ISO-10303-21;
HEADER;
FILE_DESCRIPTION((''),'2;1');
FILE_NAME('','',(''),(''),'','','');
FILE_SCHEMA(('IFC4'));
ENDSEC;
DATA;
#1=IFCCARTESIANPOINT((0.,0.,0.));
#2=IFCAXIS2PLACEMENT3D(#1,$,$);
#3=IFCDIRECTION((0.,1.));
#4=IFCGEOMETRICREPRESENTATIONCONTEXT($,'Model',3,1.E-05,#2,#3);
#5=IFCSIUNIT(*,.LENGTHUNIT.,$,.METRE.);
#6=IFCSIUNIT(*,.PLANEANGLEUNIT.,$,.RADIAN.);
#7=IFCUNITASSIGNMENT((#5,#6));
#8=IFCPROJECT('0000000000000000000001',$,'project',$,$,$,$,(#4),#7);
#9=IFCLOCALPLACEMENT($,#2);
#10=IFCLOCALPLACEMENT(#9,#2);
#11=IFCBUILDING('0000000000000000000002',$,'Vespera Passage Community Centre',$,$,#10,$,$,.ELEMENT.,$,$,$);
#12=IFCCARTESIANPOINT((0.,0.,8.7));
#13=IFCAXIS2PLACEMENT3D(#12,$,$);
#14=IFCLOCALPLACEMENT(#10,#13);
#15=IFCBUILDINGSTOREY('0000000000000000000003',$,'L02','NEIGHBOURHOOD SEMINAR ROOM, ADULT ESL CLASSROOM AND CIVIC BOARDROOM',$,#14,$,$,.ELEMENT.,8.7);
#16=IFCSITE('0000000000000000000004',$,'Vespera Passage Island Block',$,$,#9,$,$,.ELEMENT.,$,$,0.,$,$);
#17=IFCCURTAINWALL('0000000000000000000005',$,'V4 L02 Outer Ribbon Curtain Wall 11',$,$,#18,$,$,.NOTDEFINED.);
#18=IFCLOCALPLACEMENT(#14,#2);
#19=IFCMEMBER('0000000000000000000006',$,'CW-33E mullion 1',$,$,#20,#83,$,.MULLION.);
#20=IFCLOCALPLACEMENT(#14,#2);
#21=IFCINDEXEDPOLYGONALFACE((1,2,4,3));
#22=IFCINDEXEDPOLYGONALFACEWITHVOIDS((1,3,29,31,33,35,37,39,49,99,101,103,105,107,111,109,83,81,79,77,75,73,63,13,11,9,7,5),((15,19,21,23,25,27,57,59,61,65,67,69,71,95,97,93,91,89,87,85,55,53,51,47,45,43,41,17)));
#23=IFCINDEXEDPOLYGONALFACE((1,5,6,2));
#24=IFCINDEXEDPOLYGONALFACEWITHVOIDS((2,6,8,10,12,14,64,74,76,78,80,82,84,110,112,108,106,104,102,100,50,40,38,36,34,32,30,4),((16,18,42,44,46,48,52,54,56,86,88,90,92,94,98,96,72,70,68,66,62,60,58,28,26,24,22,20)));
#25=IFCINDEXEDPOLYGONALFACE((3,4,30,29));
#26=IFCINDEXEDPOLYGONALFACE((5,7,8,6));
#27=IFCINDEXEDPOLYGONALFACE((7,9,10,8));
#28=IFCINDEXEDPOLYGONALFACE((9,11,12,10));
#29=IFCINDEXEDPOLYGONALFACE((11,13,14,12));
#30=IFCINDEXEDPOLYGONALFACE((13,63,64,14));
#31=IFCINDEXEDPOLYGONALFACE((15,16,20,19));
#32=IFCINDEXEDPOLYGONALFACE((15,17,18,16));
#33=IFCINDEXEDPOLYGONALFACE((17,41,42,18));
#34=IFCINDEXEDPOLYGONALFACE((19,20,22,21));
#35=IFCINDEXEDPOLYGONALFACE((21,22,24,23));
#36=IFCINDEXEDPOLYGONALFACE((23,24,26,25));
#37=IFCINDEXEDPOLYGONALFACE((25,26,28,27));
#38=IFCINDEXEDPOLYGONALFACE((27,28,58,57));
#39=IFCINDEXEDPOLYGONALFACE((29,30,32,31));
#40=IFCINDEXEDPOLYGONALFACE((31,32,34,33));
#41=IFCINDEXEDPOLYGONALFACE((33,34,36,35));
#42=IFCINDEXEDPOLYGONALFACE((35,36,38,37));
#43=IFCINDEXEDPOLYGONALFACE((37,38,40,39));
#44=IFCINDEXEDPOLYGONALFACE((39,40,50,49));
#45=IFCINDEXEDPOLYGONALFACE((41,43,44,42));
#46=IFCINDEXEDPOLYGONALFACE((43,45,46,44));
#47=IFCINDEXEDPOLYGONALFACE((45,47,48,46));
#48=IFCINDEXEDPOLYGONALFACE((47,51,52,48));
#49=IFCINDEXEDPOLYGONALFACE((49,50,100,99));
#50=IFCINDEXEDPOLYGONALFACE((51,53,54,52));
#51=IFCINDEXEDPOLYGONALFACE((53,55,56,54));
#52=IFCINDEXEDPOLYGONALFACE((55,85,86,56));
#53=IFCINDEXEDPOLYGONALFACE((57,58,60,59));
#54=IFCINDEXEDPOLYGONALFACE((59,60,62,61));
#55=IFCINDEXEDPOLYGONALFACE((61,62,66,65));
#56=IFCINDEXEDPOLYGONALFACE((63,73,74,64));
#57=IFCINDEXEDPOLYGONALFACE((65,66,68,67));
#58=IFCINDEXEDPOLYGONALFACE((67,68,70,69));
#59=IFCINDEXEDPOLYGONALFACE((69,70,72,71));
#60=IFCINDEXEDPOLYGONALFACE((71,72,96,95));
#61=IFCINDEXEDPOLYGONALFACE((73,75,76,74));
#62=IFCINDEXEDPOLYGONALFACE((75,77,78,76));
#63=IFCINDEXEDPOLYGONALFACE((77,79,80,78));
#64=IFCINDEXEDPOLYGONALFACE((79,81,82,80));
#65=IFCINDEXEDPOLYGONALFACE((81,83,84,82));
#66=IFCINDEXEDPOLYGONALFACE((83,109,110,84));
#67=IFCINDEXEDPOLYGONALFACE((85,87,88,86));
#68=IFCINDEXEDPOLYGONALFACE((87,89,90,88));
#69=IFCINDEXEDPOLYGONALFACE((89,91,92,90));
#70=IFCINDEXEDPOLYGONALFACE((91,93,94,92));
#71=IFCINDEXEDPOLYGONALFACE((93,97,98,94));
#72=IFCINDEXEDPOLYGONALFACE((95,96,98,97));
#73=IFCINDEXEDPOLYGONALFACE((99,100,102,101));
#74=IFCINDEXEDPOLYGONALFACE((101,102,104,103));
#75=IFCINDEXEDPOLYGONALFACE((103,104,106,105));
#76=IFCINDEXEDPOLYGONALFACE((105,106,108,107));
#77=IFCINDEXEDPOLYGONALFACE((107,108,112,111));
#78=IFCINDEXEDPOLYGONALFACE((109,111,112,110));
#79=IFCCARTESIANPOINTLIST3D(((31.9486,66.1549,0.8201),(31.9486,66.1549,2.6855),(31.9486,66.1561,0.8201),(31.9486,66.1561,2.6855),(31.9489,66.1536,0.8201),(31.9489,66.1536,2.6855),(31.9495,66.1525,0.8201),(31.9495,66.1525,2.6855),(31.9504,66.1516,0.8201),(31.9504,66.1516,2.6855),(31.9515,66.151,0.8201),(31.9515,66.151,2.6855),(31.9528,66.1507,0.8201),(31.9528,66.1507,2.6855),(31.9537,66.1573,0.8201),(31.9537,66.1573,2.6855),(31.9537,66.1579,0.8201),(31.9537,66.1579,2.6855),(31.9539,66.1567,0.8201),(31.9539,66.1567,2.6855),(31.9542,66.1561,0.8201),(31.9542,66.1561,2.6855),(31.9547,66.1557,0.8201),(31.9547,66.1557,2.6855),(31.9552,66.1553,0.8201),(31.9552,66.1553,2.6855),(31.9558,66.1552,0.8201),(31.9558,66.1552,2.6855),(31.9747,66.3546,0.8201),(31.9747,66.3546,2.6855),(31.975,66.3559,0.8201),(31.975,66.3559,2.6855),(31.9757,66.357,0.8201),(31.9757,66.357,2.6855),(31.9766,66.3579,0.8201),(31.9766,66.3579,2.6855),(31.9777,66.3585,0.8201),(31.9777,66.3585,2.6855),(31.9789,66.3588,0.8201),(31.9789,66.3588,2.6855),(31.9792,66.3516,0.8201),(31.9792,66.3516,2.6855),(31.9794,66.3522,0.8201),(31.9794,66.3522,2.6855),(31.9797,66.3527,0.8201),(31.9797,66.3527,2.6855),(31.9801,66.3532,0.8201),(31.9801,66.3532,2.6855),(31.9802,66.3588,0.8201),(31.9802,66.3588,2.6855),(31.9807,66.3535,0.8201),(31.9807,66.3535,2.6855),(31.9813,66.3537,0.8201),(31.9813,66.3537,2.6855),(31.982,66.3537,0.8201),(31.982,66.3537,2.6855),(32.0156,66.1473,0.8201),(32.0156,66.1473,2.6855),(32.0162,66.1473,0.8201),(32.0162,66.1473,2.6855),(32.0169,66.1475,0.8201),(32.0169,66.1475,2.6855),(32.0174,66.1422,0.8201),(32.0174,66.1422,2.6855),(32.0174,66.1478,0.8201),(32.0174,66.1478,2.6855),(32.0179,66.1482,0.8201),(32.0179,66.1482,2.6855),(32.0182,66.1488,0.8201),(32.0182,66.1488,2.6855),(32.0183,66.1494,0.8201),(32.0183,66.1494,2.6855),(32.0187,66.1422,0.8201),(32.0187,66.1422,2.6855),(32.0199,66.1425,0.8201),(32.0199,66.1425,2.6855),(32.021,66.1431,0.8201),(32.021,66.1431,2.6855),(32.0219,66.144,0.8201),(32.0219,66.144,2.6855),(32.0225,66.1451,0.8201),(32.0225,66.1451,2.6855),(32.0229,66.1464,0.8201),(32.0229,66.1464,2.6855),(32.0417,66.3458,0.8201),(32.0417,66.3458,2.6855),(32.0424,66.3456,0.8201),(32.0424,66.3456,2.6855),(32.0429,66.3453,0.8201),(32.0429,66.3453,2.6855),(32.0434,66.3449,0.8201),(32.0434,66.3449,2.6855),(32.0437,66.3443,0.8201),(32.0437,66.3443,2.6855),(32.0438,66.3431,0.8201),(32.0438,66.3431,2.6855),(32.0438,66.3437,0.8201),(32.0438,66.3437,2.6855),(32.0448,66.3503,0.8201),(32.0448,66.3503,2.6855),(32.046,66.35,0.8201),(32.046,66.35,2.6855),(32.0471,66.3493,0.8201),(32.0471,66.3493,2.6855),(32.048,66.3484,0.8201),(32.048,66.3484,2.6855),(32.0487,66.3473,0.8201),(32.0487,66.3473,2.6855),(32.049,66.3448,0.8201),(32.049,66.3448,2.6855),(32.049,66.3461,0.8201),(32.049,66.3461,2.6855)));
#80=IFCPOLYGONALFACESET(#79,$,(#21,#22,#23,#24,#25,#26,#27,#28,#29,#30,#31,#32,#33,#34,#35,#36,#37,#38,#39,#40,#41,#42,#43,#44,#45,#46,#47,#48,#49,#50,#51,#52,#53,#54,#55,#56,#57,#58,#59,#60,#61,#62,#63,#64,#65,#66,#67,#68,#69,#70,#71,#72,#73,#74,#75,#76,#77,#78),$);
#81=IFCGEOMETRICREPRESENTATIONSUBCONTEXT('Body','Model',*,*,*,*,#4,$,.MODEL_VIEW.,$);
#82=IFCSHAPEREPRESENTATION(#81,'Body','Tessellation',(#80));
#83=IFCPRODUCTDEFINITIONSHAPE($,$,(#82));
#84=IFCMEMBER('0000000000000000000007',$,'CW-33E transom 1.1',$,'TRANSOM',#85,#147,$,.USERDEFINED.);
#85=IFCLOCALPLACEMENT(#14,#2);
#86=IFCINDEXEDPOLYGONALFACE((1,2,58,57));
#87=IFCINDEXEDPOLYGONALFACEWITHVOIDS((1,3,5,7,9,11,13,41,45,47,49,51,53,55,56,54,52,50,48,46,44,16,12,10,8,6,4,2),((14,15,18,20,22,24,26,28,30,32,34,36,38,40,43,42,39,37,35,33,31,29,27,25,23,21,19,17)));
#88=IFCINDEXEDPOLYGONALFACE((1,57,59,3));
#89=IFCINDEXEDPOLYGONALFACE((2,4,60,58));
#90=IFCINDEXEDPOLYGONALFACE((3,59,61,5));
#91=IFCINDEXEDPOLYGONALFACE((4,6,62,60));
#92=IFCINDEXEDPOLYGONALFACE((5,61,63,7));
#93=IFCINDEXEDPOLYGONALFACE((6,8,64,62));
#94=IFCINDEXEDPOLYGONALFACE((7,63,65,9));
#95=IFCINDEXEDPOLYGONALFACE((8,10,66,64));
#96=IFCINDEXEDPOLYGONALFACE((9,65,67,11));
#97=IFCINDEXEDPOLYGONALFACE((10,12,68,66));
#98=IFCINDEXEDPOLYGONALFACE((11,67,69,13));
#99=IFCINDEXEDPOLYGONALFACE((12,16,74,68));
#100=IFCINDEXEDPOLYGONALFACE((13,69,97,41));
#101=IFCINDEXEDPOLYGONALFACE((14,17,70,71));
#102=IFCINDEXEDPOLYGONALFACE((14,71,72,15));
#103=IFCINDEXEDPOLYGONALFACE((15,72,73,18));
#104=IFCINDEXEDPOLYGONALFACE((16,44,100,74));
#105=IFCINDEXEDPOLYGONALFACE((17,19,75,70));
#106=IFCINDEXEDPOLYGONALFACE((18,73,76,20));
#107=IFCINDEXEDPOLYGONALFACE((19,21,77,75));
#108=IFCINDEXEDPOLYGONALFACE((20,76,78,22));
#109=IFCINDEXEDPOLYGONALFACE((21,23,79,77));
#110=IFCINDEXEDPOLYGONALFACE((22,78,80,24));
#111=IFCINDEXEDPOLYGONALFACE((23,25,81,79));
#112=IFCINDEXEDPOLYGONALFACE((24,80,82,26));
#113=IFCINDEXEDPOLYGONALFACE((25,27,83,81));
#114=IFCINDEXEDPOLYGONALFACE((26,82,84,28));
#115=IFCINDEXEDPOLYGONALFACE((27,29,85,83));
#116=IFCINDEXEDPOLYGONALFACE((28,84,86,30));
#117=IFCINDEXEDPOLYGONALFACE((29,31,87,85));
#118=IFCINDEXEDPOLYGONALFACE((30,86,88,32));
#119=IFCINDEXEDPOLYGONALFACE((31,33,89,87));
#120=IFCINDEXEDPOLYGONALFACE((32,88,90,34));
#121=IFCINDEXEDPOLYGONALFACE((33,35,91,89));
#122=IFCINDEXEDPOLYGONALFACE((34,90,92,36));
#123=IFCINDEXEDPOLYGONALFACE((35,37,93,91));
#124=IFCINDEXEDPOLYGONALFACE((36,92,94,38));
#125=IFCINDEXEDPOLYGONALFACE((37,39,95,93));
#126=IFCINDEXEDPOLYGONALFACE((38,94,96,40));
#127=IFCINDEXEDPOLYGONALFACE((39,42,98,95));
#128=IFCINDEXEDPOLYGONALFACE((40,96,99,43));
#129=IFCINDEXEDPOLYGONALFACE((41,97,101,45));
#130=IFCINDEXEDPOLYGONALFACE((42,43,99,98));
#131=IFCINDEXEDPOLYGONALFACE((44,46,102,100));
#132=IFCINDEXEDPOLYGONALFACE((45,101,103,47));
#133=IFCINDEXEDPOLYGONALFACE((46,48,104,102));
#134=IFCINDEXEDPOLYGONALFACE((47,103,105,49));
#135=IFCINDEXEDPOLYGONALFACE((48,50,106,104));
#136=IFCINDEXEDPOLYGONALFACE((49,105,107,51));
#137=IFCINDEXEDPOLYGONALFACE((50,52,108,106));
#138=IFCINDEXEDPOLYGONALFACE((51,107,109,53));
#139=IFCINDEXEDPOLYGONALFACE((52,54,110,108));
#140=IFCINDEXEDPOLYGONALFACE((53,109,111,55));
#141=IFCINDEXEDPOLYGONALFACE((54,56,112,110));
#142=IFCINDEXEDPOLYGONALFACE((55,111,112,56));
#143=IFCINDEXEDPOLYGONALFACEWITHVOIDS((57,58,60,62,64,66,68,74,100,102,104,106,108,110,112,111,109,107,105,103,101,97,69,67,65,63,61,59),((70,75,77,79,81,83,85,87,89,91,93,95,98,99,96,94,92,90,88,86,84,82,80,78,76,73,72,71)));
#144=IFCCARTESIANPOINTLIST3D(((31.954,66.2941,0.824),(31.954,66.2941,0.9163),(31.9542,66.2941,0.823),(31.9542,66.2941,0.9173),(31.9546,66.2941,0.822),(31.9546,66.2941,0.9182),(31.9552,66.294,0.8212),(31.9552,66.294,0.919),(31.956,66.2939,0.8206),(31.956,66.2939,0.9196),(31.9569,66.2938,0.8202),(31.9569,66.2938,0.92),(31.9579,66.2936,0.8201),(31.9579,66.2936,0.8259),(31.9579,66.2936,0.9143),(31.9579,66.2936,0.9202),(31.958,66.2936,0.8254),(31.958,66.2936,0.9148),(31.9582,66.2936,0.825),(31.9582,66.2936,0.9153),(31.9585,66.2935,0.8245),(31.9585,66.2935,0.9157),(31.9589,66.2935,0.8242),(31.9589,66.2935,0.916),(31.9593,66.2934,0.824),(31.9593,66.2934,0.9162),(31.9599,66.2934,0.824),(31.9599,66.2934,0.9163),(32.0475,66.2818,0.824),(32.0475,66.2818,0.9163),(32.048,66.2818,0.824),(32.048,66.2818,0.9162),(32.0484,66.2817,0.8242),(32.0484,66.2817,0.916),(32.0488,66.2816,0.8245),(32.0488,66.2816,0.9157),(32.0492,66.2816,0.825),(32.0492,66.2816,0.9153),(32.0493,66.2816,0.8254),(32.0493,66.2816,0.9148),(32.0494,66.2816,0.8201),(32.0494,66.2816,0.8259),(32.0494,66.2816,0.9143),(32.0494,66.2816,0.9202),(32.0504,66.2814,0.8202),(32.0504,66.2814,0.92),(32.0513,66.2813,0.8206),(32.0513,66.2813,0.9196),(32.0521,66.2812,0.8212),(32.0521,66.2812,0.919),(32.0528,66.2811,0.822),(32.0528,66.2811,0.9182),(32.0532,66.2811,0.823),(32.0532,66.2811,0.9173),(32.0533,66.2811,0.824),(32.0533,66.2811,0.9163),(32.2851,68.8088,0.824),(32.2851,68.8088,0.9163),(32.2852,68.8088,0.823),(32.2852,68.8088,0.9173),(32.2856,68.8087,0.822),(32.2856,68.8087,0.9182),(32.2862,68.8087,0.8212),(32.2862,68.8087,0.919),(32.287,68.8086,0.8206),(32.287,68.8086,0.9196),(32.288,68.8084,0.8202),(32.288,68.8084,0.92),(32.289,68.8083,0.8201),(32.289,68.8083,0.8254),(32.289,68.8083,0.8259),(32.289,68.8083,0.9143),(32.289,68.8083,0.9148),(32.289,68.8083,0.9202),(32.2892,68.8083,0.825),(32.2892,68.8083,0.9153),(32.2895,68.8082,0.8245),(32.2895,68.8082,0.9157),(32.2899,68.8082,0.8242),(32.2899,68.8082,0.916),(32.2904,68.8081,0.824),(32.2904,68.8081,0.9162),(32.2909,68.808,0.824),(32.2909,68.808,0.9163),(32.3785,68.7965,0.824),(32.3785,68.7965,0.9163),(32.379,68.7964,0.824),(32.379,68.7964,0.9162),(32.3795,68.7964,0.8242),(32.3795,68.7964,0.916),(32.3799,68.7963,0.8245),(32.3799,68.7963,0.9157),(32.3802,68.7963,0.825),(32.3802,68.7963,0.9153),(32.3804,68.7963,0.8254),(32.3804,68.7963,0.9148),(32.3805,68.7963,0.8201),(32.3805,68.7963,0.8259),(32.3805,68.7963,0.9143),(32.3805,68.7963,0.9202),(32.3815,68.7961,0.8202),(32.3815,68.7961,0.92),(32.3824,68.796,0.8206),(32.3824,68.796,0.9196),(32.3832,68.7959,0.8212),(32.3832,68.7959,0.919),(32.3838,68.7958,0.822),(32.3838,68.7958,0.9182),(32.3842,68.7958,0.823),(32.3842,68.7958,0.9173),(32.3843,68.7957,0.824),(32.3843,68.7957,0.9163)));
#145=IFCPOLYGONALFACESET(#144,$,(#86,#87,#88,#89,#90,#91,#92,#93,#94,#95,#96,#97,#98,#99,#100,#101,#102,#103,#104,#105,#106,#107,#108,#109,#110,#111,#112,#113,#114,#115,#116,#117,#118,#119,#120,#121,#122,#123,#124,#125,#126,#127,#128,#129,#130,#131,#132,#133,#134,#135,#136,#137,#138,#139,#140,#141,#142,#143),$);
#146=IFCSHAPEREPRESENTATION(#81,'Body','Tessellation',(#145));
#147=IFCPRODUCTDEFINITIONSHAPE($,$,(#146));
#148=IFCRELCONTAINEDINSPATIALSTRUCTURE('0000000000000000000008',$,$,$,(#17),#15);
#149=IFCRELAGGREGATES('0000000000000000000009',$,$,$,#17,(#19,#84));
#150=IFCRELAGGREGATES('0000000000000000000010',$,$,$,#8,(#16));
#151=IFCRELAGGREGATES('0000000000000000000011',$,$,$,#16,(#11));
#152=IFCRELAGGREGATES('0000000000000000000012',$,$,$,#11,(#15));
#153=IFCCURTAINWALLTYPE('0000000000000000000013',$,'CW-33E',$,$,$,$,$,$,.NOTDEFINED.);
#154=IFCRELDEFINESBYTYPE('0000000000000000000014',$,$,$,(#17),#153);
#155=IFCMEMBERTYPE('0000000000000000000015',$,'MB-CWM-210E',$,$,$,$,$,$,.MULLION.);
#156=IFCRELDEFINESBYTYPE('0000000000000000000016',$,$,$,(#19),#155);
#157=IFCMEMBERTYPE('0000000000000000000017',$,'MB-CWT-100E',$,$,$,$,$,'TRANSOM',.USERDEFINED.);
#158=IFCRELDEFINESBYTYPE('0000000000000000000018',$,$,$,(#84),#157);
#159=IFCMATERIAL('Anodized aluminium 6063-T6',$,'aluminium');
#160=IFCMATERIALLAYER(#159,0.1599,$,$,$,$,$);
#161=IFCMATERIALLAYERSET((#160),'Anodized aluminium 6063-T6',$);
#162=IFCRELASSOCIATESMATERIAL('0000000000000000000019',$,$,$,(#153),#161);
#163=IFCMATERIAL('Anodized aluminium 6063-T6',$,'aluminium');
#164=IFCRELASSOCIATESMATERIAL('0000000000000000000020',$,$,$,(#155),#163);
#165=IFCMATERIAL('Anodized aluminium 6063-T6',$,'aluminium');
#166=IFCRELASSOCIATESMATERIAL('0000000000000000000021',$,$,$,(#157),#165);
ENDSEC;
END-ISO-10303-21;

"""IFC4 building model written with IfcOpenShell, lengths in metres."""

from ifc_helpers import new_model, si_unit, direction, frame, origin, origin_2d, place, context, subcontext, project, spatial, hollow_rectangle, extrude, material, layer, layer_set, material_profile, profile_set, type_object, element, aggregate, save


model = new_model("IFC4")

# Units and contexts
model_context = context("Model", 3, precision=1e-05, world=origin(), true_north=direction((0.0, 1.0)))
body_context = subcontext(model_context, "Body", "Model", "MODEL_VIEW")
ifc_project = project(units=[si_unit("LENGTHUNIT", "METRE"), si_unit("PLANEANGLEUNIT", "RADIAN")], contexts=[model_context])

# Site, building, storey
site_placement = place(None, origin())
site = spatial("IfcSite", under=ifc_project, at=site_placement, Name="Vespera Passage Island Block", CompositionType="ELEMENT", RefElevation=0.0)
building_placement = place(site_placement, origin())
building = spatial("IfcBuilding", under=site, at=building_placement, Name="Vespera Passage Community Centre", CompositionType="ELEMENT")
storey_placement = place(building_placement, frame((0.0, 0.0, 8.7)))
storey = spatial("IfcBuildingStorey", under=building, at=storey_placement, Name="L02", Description="NEIGHBOURHOOD SEMINAR ROOM, ADULT ESL CLASSROOM AND CIVIC BOARDROOM", CompositionType="ELEMENT", Elevation=8.7)

# Curtain wall, members
ifc_material_1 = material(Name="Anodized aluminium 6063-T6", Category="aluminium")
ifc_layer_1 = layer(ifc_material_1, 0.1599)
ifc_layer_set_1 = layer_set([ifc_layer_1], Name="Anodized aluminium 6063-T6")
curtain_wall_type_1 = type_object("IfcCurtainWallType", Name="CW-33E", PredefinedType="NOTDEFINED", material=ifc_layer_set_1)
curtain_wall_1_placement = place(storey_placement, origin())
curtain_wall_1 = element("IfcCurtainWall", 1, at=curtain_wall_1_placement, inside=storey, type_object=curtain_wall_type_1, Name="V4 L02 Outer Ribbon Curtain Wall 11", PredefinedType="NOTDEFINED")
ifc_material_2 = material(Name="Anodized aluminium 6063-T6", Category="aluminium")
ifc_material_profile_1 = material_profile(ifc_material_2, hollow_rectangle(XDim=0.075, YDim=0.21, WallThickness=0.0049, InnerFilletRadius=0.0024, OuterFilletRadius=0.0049, at=origin_2d()), Name="ALU210X75X5")
ifc_profile_set_1 = profile_set([ifc_material_profile_1], Name="Anodized aluminium 6063-T6")
member_type_1 = type_object("IfcMemberType", Name="MB-CWM-210E", PredefinedType="MULLION", material=ifc_profile_set_1)
member_1_placement = place(storey_placement, frame((31.9988, 66.2505, 0.8201), z_axis=(0.0, 0.0, 1.0), x_axis=(-0.991445, 0.130523, 0.0)))
member_1 = element("IfcMember", 2, at=member_1_placement, type_object=member_type_1, Name="CW-33E mullion 1", PredefinedType="MULLION", context=body_context, shape_type="SweptSolid", body=[
    extrude(hollow_rectangle(XDim=0.075, YDim=0.21, WallThickness=0.0049, InnerFilletRadius=0.0024, OuterFilletRadius=0.0049, at=origin_2d()), origin(), (0.0, 0.0, 1.0), 1.8655),
])
ifc_material_3 = material(Name="Anodized aluminium 6063-T6", Category="aluminium")
ifc_material_profile_2 = material_profile(ifc_material_3, hollow_rectangle(XDim=0.1001, YDim=0.1001, WallThickness=0.0039, InnerFilletRadius=0.002, OuterFilletRadius=0.0039, at=origin_2d()), Name="ALU100X100X4")
ifc_profile_set_2 = profile_set([ifc_material_profile_2], Name="Anodized aluminium 6063-T6")
member_type_2 = type_object("IfcMemberType", Name="MB-CWT-100E", ElementType="TRANSOM", PredefinedType="USERDEFINED", material=ifc_profile_set_2)
member_2_placement = place(storey_placement, frame((32.0037, 66.2876, 0.8701), z_axis=(0.130524, 0.991445, 0.0), x_axis=(-0.991445, 0.130524, 0.0)))
member_2 = element("IfcMember", 3, at=member_2_placement, type_object=member_type_2, Name="CW-33E transom 1.1", ObjectType="TRANSOM", PredefinedType="USERDEFINED", context=body_context, shape_type="SweptSolid", body=[
    extrude(hollow_rectangle(XDim=0.1001, YDim=0.1001, WallThickness=0.0039, InnerFilletRadius=0.002, OuterFilletRadius=0.0039, at=origin_2d()), origin(), (0.0, 0.0, 1.0), 2.5364),
])
aggregate(curtain_wall_1, [member_1, member_2])

save(model, "model.ifc")
